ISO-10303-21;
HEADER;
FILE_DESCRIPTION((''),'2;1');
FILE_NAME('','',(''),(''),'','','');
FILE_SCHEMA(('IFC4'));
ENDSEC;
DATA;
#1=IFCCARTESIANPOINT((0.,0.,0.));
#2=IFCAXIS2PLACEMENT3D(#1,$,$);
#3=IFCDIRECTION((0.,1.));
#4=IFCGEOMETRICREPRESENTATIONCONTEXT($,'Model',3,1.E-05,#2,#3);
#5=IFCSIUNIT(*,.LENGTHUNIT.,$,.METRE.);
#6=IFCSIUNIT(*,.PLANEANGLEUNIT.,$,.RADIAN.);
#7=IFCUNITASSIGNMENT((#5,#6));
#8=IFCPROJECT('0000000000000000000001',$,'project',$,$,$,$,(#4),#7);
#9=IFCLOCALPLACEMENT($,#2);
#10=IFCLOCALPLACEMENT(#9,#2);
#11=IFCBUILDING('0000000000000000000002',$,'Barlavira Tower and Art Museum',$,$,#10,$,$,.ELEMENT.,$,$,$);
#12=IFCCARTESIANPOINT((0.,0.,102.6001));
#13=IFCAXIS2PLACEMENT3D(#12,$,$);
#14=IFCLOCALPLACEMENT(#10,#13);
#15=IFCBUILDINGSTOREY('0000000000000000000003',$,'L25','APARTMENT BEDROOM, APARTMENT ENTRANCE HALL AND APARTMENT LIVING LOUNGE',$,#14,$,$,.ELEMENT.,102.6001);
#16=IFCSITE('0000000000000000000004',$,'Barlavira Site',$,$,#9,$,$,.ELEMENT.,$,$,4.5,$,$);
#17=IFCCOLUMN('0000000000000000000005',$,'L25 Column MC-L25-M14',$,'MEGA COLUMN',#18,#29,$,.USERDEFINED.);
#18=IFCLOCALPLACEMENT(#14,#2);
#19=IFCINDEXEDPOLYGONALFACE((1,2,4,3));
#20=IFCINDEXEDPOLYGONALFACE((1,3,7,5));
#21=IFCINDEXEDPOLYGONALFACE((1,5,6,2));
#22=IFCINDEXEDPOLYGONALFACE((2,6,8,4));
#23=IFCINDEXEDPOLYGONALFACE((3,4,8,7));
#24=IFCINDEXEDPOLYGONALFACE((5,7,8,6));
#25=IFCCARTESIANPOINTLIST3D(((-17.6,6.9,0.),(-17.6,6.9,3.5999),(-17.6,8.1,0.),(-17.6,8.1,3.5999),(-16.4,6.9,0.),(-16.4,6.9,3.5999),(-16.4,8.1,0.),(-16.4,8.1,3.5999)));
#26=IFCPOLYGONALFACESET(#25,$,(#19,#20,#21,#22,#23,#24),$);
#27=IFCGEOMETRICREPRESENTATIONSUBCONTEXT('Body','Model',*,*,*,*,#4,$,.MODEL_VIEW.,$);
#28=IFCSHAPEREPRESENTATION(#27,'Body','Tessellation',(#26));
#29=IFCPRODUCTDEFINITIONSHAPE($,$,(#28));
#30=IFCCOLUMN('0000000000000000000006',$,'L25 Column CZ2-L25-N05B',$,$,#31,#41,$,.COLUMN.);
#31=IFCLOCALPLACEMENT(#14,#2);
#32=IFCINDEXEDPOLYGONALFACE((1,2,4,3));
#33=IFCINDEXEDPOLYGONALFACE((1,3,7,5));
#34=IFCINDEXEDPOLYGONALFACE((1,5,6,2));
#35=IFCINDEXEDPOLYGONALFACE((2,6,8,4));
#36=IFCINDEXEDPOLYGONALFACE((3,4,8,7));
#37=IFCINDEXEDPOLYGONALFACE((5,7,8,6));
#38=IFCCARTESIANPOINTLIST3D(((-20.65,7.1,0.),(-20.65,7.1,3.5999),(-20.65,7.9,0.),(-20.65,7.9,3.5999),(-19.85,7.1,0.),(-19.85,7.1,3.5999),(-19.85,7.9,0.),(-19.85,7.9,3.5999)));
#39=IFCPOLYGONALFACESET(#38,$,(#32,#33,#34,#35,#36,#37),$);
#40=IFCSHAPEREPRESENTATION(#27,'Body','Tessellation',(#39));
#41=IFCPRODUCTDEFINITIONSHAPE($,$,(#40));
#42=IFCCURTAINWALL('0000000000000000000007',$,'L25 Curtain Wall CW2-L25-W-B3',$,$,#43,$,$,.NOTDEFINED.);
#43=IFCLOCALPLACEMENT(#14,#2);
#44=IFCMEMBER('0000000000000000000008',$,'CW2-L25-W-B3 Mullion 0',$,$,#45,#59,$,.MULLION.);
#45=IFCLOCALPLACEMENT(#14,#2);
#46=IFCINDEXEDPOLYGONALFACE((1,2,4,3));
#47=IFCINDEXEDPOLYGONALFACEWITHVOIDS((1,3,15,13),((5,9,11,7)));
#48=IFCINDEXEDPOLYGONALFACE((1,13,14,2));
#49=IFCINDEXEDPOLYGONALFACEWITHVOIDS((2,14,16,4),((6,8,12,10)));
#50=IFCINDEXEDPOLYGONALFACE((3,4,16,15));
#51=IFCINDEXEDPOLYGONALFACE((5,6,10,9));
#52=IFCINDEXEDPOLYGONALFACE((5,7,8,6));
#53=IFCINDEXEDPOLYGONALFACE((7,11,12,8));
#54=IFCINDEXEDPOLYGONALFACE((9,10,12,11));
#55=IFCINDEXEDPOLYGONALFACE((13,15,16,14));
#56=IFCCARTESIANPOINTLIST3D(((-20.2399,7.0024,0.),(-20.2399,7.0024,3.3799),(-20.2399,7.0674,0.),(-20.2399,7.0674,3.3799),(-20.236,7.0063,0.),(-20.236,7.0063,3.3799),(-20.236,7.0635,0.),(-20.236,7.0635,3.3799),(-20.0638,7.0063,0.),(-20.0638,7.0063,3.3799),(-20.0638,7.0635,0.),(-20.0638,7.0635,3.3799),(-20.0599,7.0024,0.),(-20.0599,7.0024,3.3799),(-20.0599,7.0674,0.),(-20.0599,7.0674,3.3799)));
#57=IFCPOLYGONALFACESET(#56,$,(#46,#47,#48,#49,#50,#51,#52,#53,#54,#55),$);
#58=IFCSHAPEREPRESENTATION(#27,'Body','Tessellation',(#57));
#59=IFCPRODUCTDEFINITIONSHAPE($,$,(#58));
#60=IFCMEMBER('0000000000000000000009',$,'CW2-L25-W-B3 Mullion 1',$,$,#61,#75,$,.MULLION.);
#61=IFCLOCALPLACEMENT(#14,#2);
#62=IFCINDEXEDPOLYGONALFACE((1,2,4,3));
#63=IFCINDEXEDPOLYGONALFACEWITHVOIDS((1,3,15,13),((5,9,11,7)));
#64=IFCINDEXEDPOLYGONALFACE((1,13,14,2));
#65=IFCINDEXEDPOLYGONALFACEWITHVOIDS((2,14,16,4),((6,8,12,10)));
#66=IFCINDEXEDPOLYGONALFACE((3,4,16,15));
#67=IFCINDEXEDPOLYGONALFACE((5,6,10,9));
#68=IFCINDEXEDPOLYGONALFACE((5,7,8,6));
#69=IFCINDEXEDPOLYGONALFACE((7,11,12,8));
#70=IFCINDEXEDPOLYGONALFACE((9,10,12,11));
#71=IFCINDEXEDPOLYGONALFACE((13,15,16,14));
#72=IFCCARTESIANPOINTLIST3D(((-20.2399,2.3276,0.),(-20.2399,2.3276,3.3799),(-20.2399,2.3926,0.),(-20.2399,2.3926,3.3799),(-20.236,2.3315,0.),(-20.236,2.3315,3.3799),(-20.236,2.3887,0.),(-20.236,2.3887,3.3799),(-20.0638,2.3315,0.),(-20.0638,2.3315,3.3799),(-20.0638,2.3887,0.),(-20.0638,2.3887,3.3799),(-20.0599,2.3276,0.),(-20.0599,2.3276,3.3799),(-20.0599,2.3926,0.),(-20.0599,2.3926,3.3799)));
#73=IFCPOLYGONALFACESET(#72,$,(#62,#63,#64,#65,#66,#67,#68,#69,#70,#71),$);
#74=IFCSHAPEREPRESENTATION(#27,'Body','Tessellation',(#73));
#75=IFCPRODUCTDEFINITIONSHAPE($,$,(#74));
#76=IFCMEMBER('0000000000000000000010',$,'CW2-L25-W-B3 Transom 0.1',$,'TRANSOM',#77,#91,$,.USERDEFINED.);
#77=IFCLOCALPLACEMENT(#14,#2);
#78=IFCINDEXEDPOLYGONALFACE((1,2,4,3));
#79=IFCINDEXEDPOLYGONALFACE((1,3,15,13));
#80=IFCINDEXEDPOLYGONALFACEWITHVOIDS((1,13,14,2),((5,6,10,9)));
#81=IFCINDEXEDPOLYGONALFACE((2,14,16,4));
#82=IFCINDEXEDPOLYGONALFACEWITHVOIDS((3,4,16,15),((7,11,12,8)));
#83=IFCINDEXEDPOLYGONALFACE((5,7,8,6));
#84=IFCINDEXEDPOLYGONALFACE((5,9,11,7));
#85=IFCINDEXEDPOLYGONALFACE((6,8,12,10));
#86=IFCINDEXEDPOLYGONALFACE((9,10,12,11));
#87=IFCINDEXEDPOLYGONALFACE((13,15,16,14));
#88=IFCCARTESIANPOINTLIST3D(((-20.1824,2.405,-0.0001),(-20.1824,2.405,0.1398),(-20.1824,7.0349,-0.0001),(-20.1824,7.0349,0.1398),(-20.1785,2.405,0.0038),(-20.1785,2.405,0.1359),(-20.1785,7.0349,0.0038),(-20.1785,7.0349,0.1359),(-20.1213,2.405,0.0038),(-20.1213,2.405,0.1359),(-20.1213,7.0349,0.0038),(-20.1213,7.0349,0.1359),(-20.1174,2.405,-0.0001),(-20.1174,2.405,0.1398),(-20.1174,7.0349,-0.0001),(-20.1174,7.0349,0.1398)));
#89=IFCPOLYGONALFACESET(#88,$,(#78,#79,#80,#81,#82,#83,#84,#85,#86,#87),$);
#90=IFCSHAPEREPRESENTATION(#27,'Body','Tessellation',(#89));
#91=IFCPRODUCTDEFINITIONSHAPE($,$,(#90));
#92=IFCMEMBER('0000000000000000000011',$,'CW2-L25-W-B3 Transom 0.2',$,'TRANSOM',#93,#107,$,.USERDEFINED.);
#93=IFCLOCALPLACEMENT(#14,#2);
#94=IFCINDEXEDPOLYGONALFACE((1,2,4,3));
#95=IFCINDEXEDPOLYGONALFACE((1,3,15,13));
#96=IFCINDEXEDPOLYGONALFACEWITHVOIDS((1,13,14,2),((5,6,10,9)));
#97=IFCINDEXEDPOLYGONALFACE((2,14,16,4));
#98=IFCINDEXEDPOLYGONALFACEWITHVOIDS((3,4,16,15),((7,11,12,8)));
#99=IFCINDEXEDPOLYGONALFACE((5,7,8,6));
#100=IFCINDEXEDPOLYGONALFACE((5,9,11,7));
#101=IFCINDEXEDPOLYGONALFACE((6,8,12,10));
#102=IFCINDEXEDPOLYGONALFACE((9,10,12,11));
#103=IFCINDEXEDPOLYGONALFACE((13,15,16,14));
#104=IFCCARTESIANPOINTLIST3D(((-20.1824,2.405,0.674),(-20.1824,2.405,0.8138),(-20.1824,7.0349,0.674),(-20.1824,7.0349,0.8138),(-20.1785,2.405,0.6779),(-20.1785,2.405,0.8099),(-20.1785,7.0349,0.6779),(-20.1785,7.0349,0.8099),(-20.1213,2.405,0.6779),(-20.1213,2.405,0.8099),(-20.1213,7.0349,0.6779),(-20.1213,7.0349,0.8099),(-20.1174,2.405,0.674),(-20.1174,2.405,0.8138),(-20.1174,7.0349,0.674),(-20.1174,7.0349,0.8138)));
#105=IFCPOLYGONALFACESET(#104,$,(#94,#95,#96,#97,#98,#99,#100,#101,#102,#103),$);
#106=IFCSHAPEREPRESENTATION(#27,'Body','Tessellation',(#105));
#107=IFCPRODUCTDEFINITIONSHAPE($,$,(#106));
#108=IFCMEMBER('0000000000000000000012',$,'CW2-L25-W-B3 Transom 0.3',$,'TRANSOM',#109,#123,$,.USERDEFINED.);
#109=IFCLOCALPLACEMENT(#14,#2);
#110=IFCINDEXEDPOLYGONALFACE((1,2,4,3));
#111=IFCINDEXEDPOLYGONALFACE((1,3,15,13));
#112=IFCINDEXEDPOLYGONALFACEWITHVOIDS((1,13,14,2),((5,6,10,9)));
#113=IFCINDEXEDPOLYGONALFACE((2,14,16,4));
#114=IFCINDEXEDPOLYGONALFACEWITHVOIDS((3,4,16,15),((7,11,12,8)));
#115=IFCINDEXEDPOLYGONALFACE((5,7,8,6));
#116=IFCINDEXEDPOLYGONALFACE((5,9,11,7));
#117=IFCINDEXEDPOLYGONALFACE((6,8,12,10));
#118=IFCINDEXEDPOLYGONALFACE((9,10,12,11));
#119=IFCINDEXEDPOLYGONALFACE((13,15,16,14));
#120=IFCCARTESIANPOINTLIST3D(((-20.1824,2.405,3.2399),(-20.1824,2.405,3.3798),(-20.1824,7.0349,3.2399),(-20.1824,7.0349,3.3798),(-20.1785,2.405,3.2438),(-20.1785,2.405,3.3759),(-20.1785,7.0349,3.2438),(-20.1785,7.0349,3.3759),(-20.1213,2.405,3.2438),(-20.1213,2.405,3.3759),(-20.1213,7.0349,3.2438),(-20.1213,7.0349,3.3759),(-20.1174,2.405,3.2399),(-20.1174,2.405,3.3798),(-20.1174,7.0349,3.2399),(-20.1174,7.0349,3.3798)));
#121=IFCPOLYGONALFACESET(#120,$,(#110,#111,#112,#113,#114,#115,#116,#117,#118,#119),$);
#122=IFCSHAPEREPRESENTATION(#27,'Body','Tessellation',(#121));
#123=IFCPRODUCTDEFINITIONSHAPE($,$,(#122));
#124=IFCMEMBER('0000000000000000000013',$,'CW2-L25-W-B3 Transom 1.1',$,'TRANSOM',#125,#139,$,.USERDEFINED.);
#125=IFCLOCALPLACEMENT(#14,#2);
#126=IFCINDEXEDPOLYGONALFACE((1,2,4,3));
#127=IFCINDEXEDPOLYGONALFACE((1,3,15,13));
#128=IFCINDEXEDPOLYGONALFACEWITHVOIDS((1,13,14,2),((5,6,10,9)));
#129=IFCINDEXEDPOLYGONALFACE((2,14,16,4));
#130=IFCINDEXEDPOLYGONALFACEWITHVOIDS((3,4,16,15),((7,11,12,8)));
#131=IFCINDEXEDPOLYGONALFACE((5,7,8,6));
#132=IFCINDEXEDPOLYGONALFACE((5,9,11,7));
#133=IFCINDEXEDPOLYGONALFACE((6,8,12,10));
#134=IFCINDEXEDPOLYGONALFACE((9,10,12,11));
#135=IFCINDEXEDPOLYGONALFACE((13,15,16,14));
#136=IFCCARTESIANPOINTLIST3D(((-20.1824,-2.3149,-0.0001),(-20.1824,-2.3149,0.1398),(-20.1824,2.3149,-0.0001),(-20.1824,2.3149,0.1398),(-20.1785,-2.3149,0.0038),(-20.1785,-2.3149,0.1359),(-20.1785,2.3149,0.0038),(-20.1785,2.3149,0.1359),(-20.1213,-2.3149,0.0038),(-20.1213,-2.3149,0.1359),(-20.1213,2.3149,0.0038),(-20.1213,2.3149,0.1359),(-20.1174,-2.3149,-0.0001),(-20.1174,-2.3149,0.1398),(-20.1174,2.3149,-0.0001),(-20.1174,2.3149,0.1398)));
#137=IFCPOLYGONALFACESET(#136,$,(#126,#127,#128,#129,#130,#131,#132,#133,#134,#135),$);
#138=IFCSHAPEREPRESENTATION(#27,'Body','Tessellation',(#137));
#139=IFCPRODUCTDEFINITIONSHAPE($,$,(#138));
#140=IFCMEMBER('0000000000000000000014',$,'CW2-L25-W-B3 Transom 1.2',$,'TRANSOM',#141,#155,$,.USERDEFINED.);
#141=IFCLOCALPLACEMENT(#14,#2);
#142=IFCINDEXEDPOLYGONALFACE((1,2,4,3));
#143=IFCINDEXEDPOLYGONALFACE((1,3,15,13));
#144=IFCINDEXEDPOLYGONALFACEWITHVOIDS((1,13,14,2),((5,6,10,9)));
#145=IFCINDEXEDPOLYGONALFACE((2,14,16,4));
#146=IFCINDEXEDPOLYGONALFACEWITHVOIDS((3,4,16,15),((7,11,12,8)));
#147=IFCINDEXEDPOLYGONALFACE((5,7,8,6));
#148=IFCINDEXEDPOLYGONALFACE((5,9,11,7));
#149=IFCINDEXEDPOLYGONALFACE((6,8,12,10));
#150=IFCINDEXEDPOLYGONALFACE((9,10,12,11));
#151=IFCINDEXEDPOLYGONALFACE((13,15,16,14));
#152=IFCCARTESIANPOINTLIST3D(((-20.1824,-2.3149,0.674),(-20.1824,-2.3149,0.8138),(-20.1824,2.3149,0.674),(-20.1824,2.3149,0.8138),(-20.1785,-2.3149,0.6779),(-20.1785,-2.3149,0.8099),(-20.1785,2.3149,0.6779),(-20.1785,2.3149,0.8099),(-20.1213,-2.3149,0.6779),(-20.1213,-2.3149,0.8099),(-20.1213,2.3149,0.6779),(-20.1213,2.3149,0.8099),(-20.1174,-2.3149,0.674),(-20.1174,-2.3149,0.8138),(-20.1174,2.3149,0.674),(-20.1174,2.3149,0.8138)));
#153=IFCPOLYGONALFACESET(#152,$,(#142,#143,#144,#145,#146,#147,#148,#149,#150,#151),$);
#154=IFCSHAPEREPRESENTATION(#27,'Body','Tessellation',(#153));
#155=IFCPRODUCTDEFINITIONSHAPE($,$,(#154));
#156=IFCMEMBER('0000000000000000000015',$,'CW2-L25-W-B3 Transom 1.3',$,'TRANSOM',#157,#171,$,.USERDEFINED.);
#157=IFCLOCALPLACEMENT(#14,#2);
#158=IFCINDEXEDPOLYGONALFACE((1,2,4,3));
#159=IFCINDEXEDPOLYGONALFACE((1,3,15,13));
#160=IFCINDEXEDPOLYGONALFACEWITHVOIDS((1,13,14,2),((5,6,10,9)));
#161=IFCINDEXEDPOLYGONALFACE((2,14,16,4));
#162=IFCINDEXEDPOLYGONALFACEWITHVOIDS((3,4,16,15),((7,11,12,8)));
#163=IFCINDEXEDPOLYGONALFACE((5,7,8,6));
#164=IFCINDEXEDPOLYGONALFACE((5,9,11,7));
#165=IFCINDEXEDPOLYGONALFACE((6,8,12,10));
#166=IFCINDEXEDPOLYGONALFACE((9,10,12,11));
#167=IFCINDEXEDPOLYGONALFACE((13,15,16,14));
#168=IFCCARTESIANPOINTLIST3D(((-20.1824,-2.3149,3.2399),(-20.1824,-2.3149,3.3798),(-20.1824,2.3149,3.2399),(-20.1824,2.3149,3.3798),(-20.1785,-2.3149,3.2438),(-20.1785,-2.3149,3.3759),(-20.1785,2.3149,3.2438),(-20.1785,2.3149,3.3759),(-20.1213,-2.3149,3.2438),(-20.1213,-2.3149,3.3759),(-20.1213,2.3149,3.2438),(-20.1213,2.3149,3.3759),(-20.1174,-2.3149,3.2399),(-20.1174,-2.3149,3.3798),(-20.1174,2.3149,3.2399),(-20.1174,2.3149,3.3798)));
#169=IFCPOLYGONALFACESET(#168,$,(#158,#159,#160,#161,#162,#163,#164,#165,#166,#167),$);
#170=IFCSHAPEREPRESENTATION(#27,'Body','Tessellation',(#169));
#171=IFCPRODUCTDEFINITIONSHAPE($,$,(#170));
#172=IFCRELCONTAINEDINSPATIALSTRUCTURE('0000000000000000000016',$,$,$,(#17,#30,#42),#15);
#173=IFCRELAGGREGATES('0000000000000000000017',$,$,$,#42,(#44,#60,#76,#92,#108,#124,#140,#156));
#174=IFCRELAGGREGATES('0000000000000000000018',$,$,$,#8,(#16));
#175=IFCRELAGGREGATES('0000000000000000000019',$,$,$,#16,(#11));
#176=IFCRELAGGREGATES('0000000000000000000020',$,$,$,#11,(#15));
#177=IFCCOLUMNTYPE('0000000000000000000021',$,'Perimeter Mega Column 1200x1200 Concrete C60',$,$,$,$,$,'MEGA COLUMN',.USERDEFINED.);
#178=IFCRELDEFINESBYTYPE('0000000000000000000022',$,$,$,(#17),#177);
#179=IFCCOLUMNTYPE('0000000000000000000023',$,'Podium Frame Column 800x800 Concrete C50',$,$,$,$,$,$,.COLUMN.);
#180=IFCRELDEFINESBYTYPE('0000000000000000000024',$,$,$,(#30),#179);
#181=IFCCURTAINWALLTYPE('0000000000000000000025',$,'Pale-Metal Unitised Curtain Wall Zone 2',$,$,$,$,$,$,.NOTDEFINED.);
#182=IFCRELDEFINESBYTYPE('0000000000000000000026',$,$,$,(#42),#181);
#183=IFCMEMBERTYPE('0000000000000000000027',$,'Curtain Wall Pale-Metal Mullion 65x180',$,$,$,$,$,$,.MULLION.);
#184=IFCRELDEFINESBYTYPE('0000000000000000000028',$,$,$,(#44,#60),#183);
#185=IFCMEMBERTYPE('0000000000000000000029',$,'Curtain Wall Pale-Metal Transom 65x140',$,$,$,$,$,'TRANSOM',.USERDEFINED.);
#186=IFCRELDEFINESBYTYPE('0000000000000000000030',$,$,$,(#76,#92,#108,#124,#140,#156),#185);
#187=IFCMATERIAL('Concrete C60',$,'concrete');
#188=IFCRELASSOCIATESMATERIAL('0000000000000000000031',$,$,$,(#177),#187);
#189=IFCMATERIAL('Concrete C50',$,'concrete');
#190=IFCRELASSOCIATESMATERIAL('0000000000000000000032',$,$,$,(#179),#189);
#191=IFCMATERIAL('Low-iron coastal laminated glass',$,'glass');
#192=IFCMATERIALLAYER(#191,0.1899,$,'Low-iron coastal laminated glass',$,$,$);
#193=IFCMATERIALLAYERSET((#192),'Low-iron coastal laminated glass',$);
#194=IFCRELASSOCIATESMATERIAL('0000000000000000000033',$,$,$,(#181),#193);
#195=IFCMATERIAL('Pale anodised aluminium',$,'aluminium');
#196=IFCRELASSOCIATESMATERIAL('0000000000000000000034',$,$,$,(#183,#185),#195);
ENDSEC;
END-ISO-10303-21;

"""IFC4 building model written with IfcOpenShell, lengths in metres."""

from ifc_helpers import new_model, si_unit, direction, frame, origin, origin_2d, place, context, subcontext, project, spatial, rectangle, hollow_rectangle, extrude, material, layer, layer_set, material_profile, profile_set, type_object, element, aggregate, save


model = new_model("IFC4")

# Units and contexts
model_context = context("Model", 3, precision=1e-05, world=origin(), true_north=direction((0.0, 1.0)))
body_context = subcontext(model_context, "Body", "Model", "MODEL_VIEW")
ifc_project = project(units=[si_unit("LENGTHUNIT", "METRE"), si_unit("PLANEANGLEUNIT", "RADIAN")], contexts=[model_context])

# Site, building, storey
site_placement = place(None, origin())
site = spatial("IfcSite", under=ifc_project, at=site_placement, Name="Barlavira Site", CompositionType="ELEMENT", RefElevation=4.5)
building_placement = place(site_placement, origin())
building = spatial("IfcBuilding", under=site, at=building_placement, Name="Barlavira Tower and Art Museum", CompositionType="ELEMENT")
storey_placement = place(building_placement, frame((0.0, 0.0, 102.6001)))
storey = spatial("IfcBuildingStorey", under=building, at=storey_placement, Name="L25", Description="APARTMENT BEDROOM, APARTMENT ENTRANCE HALL AND APARTMENT LIVING LOUNGE", CompositionType="ELEMENT", Elevation=102.6001)

# Columns
ifc_material_1 = material(Name="Concrete C60", Category="concrete")
ifc_material_profile_1 = material_profile(ifc_material_1, rectangle(XDim=1.2, YDim=1.2, at=origin_2d()), Name="RC-COL 1200x1200")
ifc_profile_set_1 = profile_set([ifc_material_profile_1], Name="Concrete C60")
column_type_1 = type_object("IfcColumnType", Name="Perimeter Mega Column 1200x1200 Concrete C60", ElementType="MEGA COLUMN", PredefinedType="USERDEFINED", material=ifc_profile_set_1)
column_1_placement = place(storey_placement, frame((-17.0, 7.5, 0.0), z_axis=(0.0, 0.0, 1.0), x_axis=(1.0, 0.0, 0.0)))
element("IfcColumn", 1, at=column_1_placement, inside=storey, type_object=column_type_1, Name="L25 Column MC-L25-M14", ObjectType="MEGA COLUMN", PredefinedType="USERDEFINED", context=body_context, shape_type="SweptSolid", body=[
    extrude(rectangle(XDim=1.2, YDim=1.2, at=origin_2d()), origin(), (0.0, 0.0, 1.0), 3.5999),
])
ifc_material_2 = material(Name="Concrete C50", Category="concrete")
ifc_material_profile_2 = material_profile(ifc_material_2, rectangle(XDim=0.8, YDim=0.8, at=origin_2d()), Name="RC-COL 800x800")
ifc_profile_set_2 = profile_set([ifc_material_profile_2], Name="Concrete C50")
column_type_2 = type_object("IfcColumnType", Name="Podium Frame Column 800x800 Concrete C50", PredefinedType="COLUMN", material=ifc_profile_set_2)
column_2_placement = place(storey_placement, frame((-20.25, 7.5, 0.0), z_axis=(0.0, 0.0, 1.0), x_axis=(1.0, 0.0, 0.0)))
element("IfcColumn", 2, at=column_2_placement, inside=storey, type_object=column_type_2, Name="L25 Column CZ2-L25-N05B", PredefinedType="COLUMN", context=body_context, shape_type="SweptSolid", body=[
    extrude(rectangle(XDim=0.8, YDim=0.8, at=origin_2d()), origin(), (0.0, 0.0, 1.0), 3.5999),
])

# Curtain wall, members
ifc_material_3 = material(Name="Low-iron coastal laminated glass", Category="glass")
ifc_layer_1 = layer(ifc_material_3, 0.1899, Name="Low-iron coastal laminated glass")
ifc_layer_set_1 = layer_set([ifc_layer_1], Name="Low-iron coastal laminated glass")
curtain_wall_type = type_object("IfcCurtainWallType", Name="Pale-Metal Unitised Curtain Wall Zone 2", PredefinedType="NOTDEFINED", material=ifc_layer_set_1)
curtain_wall_placement = place(storey_placement, origin())
curtain_wall = element("IfcCurtainWall", 3, at=curtain_wall_placement, inside=storey, type_object=curtain_wall_type, Name="L25 Curtain Wall CW2-L25-W-B3", PredefinedType="NOTDEFINED")
ifc_material_4 = material(Name="Pale anodised aluminium", Category="aluminium")
ifc_material_profile_3 = material_profile(ifc_material_4, hollow_rectangle(XDim=0.0649, YDim=0.1799, WallThickness=0.0039, at=origin_2d()), Name="ALU-MULL 65x180x4")
ifc_profile_set_3 = profile_set([ifc_material_profile_3], Name="Pale anodised aluminium")
member_type_1 = type_object("IfcMemberType", Name="Curtain Wall Pale-Metal Mullion 65x180", PredefinedType="MULLION", material=ifc_profile_set_3)
member_1_placement = place(storey_placement, frame((-20.1499, 7.0349, 0.0), z_axis=(0.0, 0.0, 1.0), x_axis=(0.0, -1.0, 0.0)))
member_1 = element("IfcMember", 4, at=member_1_placement, type_object=member_type_1, Name="CW2-L25-W-B3 Mullion 0", PredefinedType="MULLION", context=body_context, shape_type="SweptSolid", body=[
    extrude(hollow_rectangle(XDim=0.0649, YDim=0.1799, WallThickness=0.0039, at=origin_2d()), origin(), (0.0, 0.0, 1.0), 3.3799),
])
member_2_placement = place(storey_placement, frame((-20.1499, 2.3601, 0.0), z_axis=(0.0, 0.0, 1.0), x_axis=(0.0, -1.0, 0.0)))
member_2 = element("IfcMember", 5, at=member_2_placement, type_object=member_type_1, Name="CW2-L25-W-B3 Mullion 1", PredefinedType="MULLION", context=body_context, shape_type="SweptSolid", body=[
    extrude(hollow_rectangle(XDim=0.0649, YDim=0.1799, WallThickness=0.0039, at=origin_2d()), origin(), (0.0, 0.0, 1.0), 3.3799),
])
ifc_material_profile_4 = material_profile(ifc_material_4, hollow_rectangle(XDim=0.0649, YDim=0.1399, WallThickness=0.0039, at=origin_2d()), Name="ALU-TRAN 65x140x4")
ifc_profile_set_4 = profile_set([ifc_material_profile_4], Name="Pale anodised aluminium")
member_type_2 = type_object("IfcMemberType", Name="Curtain Wall Pale-Metal Transom 65x140", ElementType="TRANSOM", PredefinedType="USERDEFINED", material=ifc_profile_set_4)
member_3_placement = place(storey_placement, frame((-20.1499, 7.0349, 0.0698), z_axis=(0.0, -1.0, 0.0), x_axis=(1.0, 0.0, 0.0)))
member_3 = element("IfcMember", 6, at=member_3_placement, type_object=member_type_2, Name="CW2-L25-W-B3 Transom 0.1", ObjectType="TRANSOM", PredefinedType="USERDEFINED", context=body_context, shape_type="SweptSolid", body=[
    extrude(hollow_rectangle(XDim=0.0649, YDim=0.1399, WallThickness=0.0039, at=origin_2d()), origin(), (0.0, 0.0, 1.0), 4.6299),
])
member_4_placement = place(storey_placement, frame((-20.1499, 7.0349, 0.7439), z_axis=(0.0, -1.0, 0.0), x_axis=(1.0, 0.0, 0.0)))
member_4 = element("IfcMember", 7, at=member_4_placement, type_object=member_type_2, Name="CW2-L25-W-B3 Transom 0.2", ObjectType="TRANSOM", PredefinedType="USERDEFINED", context=body_context, shape_type="SweptSolid", body=[
    extrude(hollow_rectangle(XDim=0.0649, YDim=0.1399, WallThickness=0.0039, at=origin_2d()), origin(), (0.0, 0.0, 1.0), 4.6299),
])
member_5_placement = place(storey_placement, frame((-20.1499, 7.0349, 3.3098), z_axis=(0.0, -1.0, 0.0), x_axis=(1.0, 0.0, 0.0)))
member_5 = element("IfcMember", 8, at=member_5_placement, type_object=member_type_2, Name="CW2-L25-W-B3 Transom 0.3", ObjectType="TRANSOM", PredefinedType="USERDEFINED", context=body_context, shape_type="SweptSolid", body=[
    extrude(hollow_rectangle(XDim=0.0649, YDim=0.1399, WallThickness=0.0039, at=origin_2d()), origin(), (0.0, 0.0, 1.0), 4.6299),
])
member_6_placement = place(storey_placement, frame((-20.1499, 2.3149, 0.0698), z_axis=(0.0, -1.0, 0.0), x_axis=(1.0, 0.0, 0.0)))
member_6 = element("IfcMember", 9, at=member_6_placement, type_object=member_type_2, Name="CW2-L25-W-B3 Transom 1.1", ObjectType="TRANSOM", PredefinedType="USERDEFINED", context=body_context, shape_type="SweptSolid", body=[
    extrude(hollow_rectangle(XDim=0.0649, YDim=0.1399, WallThickness=0.0039, at=origin_2d()), origin(), (0.0, 0.0, 1.0), 4.6299),
])
member_7_placement = place(storey_placement, frame((-20.1499, 2.3149, 0.7439), z_axis=(0.0, -1.0, 0.0), x_axis=(1.0, 0.0, 0.0)))
member_7 = element("IfcMember", 10, at=member_7_placement, type_object=member_type_2, Name="CW2-L25-W-B3 Transom 1.2", ObjectType="TRANSOM", PredefinedType="USERDEFINED", context=body_context, shape_type="SweptSolid", body=[
    extrude(hollow_rectangle(XDim=0.0649, YDim=0.1399, WallThickness=0.0039, at=origin_2d()), origin(), (0.0, 0.0, 1.0), 4.6299),
])
member_8_placement = place(storey_placement, frame((-20.1499, 2.3149, 3.3098), z_axis=(0.0, -1.0, 0.0), x_axis=(1.0, 0.0, 0.0)))
member_8 = element("IfcMember", 11, at=member_8_placement, type_object=member_type_2, Name="CW2-L25-W-B3 Transom 1.3", ObjectType="TRANSOM", PredefinedType="USERDEFINED", context=body_context, shape_type="SweptSolid", body=[
    extrude(hollow_rectangle(XDim=0.0649, YDim=0.1399, WallThickness=0.0039, at=origin_2d()), origin(), (0.0, 0.0, 1.0), 4.6299),
])

aggregate(curtain_wall, [member_1, member_2, member_3, member_4, member_5, member_6, member_7, member_8])

save(model, "model.ifc")
